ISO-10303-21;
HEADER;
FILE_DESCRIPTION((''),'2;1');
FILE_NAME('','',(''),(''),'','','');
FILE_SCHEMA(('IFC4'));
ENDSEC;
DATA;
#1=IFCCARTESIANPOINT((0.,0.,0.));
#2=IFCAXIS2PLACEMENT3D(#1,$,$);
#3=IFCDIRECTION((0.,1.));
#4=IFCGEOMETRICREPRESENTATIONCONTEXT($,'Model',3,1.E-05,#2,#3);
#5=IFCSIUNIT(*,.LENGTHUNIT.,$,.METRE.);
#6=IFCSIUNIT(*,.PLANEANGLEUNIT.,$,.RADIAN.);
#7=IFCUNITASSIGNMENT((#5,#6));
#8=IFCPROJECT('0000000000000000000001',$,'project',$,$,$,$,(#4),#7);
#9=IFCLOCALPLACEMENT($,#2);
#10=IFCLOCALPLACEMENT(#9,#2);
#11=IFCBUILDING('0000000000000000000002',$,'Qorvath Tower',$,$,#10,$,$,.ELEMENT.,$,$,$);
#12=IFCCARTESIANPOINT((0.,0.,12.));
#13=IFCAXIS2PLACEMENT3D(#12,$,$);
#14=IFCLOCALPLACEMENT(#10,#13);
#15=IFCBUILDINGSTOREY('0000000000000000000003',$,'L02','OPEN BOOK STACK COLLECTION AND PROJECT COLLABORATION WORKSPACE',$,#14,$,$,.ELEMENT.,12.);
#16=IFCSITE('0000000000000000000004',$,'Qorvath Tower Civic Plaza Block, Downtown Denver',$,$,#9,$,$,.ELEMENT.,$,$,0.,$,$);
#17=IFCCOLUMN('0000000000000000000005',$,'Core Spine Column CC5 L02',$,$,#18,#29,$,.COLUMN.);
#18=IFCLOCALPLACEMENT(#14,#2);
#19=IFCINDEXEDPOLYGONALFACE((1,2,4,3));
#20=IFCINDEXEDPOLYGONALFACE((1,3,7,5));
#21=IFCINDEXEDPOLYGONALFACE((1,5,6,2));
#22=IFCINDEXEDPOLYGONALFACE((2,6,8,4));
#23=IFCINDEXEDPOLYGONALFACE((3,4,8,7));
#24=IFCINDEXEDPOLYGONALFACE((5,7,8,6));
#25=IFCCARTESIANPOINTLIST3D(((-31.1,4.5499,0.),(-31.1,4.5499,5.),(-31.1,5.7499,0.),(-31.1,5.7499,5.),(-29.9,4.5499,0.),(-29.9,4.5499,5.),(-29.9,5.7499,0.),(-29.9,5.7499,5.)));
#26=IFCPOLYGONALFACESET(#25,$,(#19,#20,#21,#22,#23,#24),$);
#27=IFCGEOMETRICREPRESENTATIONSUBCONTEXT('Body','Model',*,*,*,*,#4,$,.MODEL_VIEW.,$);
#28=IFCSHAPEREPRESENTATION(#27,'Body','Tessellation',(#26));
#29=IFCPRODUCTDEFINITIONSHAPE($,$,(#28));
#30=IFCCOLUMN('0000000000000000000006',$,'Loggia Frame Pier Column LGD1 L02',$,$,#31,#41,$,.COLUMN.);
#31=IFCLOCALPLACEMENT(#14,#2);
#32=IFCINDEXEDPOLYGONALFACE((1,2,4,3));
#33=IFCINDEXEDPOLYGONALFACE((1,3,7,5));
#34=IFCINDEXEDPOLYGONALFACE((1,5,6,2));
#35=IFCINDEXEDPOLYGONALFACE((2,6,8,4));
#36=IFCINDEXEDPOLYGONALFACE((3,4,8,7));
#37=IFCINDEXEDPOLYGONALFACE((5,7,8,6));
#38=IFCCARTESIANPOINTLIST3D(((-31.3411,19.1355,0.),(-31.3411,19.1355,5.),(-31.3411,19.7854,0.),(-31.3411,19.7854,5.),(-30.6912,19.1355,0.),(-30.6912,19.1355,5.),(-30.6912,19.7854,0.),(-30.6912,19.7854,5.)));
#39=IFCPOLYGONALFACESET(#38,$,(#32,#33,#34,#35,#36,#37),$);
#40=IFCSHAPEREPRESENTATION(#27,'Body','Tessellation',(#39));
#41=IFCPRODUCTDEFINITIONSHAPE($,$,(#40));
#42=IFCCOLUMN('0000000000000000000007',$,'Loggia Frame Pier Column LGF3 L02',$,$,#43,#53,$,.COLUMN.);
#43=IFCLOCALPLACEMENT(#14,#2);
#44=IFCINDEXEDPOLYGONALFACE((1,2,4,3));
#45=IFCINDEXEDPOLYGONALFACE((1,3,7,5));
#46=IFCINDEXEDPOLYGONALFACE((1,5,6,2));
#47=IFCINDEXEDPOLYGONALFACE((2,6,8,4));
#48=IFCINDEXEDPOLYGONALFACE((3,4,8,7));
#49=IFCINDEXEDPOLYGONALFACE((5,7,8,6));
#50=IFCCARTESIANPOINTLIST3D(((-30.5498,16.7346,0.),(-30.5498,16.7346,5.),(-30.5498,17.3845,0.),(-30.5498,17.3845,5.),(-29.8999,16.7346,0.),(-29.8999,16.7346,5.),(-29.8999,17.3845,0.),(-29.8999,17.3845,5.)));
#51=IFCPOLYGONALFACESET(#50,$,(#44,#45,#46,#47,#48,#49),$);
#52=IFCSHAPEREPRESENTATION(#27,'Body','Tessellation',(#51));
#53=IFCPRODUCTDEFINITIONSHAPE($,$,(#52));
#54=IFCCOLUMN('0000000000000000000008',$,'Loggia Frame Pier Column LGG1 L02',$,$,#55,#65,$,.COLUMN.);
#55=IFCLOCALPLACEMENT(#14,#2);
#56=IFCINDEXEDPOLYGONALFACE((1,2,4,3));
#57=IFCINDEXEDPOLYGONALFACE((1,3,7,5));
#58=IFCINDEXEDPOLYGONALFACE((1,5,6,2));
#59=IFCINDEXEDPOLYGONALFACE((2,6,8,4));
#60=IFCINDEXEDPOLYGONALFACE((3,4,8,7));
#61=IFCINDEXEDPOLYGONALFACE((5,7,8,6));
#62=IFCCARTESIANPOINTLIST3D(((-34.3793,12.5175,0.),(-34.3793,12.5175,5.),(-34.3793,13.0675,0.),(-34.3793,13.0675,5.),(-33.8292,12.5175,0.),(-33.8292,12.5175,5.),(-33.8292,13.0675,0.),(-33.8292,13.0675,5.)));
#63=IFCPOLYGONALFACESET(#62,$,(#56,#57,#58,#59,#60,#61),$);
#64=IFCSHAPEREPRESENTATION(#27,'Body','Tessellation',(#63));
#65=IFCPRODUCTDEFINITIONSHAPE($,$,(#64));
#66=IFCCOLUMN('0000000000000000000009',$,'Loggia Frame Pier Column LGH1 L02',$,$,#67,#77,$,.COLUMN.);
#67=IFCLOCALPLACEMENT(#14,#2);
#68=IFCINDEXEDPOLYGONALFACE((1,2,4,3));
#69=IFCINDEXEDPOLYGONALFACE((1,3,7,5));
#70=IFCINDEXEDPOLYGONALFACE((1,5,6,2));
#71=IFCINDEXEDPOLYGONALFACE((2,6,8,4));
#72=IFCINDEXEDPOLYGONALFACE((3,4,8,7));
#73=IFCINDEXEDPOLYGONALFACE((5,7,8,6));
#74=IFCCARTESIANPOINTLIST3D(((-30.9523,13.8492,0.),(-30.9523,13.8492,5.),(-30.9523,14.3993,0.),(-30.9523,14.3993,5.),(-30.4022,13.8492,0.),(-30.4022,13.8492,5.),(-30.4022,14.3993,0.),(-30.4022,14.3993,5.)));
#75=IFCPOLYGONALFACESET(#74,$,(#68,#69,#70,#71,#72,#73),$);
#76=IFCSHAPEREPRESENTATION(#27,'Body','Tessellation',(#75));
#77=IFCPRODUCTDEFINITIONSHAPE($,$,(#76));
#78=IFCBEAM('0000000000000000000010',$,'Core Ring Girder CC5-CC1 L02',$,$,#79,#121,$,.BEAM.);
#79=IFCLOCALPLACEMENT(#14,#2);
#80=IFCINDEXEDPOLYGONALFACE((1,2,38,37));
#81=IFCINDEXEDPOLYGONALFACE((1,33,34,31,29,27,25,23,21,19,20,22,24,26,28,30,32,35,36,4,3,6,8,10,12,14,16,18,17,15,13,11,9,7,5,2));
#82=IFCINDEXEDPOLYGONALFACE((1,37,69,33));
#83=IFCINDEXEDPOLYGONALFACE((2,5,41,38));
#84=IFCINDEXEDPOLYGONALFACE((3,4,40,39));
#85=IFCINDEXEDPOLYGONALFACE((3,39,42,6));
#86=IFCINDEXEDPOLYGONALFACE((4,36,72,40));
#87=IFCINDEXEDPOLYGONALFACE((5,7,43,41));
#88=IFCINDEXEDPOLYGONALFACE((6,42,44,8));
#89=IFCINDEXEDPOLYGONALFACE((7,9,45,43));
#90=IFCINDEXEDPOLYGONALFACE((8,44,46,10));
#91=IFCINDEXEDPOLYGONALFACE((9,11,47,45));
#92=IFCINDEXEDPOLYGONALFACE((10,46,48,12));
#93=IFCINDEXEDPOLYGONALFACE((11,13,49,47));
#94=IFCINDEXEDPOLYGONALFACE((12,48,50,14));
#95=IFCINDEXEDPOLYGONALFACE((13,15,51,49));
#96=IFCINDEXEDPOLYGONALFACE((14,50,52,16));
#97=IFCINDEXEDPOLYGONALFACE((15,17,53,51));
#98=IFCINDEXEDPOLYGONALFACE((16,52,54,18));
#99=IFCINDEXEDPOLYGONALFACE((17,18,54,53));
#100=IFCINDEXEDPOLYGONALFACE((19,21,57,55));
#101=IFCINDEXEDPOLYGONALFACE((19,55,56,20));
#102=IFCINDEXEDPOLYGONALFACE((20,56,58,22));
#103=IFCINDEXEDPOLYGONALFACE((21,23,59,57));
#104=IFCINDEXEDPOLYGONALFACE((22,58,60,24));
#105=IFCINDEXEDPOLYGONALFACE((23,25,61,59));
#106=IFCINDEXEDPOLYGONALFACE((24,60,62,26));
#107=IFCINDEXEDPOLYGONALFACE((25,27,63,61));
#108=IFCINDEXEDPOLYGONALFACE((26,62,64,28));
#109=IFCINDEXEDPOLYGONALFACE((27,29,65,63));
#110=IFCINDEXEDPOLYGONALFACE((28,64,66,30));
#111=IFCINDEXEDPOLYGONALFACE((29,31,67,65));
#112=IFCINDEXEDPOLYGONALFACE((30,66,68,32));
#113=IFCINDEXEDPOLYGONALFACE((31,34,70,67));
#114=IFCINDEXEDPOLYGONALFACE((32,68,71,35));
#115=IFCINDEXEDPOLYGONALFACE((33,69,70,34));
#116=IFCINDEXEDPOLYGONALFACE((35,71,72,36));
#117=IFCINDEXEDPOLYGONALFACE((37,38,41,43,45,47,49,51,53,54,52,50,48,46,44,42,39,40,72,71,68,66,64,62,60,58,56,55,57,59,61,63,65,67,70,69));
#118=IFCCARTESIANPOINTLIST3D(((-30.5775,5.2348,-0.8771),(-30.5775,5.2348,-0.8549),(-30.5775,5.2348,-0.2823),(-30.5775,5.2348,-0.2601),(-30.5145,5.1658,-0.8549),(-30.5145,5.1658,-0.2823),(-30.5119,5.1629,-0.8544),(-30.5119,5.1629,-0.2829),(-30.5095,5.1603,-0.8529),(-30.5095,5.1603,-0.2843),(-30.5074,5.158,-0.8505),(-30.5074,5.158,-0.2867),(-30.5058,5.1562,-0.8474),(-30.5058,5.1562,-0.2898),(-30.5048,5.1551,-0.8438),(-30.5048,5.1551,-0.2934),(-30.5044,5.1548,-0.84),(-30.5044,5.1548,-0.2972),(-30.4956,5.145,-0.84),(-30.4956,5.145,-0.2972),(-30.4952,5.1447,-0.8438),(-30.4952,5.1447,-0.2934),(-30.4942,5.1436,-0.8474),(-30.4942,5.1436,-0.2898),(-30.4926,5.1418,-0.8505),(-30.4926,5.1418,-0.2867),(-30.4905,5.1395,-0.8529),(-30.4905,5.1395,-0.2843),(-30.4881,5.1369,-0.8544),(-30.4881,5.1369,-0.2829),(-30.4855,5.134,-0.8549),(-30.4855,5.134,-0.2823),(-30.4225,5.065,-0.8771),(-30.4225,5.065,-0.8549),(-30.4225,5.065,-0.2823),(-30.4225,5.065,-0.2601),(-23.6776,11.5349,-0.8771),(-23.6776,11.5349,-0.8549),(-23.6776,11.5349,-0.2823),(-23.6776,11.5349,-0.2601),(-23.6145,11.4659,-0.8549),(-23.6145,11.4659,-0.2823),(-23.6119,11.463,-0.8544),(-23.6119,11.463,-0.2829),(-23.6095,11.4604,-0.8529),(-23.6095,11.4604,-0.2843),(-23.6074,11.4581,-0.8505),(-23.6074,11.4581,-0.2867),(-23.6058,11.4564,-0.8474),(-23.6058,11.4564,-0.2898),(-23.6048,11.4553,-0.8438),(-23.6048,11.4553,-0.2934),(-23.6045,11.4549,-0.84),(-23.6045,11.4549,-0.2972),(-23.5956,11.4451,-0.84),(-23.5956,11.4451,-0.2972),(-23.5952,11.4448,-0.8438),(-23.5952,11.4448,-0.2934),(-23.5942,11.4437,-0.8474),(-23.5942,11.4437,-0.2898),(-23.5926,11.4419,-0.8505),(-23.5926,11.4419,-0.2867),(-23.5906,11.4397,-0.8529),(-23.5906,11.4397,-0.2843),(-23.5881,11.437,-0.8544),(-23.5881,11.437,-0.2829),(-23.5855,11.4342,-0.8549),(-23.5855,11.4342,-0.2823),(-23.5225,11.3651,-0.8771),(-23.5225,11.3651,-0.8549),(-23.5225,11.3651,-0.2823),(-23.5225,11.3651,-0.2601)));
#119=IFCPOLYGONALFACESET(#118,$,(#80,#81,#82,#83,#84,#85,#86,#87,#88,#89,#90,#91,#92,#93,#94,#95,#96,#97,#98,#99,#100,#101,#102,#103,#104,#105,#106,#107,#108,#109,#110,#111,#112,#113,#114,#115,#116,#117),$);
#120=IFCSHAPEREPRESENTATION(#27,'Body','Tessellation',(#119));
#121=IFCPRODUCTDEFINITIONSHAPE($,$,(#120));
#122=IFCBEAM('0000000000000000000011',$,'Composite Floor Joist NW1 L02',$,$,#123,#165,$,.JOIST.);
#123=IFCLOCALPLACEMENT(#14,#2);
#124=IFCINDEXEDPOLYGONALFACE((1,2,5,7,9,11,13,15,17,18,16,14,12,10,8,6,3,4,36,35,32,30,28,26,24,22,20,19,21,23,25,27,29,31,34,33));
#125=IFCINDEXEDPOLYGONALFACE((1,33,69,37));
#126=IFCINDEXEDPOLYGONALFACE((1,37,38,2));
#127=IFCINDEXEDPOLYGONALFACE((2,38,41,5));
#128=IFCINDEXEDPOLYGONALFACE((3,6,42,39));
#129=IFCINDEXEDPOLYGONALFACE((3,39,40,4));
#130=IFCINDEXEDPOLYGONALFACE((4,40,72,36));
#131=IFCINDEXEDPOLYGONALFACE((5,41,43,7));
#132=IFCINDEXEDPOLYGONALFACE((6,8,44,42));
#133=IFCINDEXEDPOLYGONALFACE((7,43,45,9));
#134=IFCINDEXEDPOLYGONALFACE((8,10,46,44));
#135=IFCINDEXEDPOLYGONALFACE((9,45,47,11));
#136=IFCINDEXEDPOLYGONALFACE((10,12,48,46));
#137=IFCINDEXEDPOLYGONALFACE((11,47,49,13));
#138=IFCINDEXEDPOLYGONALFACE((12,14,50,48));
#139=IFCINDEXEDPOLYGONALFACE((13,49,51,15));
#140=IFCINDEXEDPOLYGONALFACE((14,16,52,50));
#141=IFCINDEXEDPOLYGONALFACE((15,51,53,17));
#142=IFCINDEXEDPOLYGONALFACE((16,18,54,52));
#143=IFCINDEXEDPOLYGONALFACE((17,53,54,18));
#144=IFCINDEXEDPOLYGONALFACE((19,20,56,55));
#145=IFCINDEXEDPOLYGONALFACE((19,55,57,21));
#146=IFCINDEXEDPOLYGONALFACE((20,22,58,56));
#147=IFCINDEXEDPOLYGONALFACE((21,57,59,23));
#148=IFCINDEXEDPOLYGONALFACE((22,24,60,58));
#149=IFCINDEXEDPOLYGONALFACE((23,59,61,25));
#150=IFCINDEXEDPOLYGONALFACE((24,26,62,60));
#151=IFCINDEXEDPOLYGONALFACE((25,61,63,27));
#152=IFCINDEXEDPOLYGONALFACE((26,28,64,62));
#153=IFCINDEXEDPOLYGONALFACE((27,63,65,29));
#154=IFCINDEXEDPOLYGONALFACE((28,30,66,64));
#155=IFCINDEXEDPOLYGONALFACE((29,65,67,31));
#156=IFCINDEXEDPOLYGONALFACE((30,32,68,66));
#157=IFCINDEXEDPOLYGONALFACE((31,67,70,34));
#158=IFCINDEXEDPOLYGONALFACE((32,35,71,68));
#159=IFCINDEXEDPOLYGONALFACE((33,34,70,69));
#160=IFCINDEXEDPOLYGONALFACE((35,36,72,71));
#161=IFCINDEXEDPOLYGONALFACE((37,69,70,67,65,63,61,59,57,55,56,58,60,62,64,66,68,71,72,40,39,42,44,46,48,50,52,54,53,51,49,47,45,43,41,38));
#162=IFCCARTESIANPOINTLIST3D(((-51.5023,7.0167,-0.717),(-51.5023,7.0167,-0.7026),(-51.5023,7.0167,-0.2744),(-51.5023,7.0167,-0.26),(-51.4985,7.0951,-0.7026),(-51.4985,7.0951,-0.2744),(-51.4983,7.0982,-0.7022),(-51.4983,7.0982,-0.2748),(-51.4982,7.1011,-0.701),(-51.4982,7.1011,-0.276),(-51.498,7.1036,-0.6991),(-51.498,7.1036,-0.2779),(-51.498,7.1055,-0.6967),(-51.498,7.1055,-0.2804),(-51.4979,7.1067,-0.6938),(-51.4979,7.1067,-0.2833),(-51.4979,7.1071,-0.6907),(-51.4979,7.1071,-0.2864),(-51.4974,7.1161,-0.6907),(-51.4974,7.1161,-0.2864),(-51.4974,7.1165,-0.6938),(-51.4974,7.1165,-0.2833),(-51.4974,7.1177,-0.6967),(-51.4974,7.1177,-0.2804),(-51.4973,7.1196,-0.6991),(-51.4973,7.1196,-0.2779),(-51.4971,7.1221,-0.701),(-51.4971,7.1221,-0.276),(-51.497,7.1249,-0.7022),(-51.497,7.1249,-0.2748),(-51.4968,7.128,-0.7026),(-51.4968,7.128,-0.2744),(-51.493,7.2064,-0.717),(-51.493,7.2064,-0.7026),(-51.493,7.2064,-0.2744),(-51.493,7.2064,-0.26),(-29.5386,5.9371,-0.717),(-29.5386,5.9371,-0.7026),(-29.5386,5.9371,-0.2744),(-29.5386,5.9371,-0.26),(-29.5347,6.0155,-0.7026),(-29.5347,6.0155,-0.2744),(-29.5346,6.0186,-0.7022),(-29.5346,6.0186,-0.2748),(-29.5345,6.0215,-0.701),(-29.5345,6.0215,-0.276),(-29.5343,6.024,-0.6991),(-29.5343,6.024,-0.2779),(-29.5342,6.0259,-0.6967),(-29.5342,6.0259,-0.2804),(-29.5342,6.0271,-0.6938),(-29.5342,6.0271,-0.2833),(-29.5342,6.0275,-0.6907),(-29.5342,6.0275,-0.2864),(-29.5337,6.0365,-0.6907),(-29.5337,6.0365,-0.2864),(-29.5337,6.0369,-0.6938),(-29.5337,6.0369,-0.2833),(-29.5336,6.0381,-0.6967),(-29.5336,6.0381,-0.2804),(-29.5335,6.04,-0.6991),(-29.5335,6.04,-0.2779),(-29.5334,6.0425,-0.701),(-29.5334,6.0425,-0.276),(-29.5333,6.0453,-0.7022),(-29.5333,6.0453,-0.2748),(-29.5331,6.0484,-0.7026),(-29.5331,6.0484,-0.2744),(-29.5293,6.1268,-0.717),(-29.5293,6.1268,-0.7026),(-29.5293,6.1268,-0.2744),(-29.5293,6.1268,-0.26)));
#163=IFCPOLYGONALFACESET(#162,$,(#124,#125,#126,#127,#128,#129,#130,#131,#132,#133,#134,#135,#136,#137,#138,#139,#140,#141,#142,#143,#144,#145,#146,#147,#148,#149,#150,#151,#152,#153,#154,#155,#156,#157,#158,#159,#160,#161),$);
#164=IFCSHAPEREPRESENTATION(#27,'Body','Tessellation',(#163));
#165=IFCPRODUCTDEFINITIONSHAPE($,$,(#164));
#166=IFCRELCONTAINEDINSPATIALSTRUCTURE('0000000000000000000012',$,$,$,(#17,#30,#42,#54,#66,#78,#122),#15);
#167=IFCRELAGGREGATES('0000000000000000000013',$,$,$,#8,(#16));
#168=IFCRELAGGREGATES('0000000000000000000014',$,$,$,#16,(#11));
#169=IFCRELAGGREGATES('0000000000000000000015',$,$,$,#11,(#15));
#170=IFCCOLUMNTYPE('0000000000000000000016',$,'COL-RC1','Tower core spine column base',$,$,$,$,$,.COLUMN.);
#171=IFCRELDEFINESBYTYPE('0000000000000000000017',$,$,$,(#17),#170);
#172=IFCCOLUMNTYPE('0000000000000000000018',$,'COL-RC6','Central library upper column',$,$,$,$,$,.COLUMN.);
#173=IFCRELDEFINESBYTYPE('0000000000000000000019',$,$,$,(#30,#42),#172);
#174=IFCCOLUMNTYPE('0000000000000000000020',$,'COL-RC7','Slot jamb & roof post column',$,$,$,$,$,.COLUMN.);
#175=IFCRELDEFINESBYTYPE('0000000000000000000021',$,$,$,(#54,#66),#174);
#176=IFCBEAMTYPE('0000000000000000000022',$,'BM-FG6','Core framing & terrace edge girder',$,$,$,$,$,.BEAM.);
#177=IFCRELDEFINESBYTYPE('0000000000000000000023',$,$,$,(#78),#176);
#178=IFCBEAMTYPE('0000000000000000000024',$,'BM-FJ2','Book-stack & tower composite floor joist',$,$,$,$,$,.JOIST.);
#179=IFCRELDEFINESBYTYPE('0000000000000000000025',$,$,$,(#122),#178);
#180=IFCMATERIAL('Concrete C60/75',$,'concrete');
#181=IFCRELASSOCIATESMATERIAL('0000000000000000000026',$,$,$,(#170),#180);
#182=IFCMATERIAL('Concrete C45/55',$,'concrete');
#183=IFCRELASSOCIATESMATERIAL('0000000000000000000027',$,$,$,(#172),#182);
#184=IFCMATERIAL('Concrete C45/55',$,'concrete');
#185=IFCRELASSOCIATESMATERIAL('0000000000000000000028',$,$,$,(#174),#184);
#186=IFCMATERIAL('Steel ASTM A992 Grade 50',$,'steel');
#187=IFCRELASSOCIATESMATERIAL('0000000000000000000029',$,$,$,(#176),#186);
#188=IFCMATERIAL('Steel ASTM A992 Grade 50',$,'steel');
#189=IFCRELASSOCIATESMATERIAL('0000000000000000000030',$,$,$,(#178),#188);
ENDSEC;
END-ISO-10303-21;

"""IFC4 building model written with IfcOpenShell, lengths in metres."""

from ifc_helpers import new_model, si_unit, direction, frame, origin, origin_2d, place, context, subcontext, project, spatial, rectangle, i_section, extrude, material, material_profile, profile_set, type_object, element, save


model = new_model("IFC4")

# Units and contexts
model_context = context("Model", 3, precision=1e-05, world=origin(), true_north=direction((0.0, 1.0)))
body_context = subcontext(model_context, "Body", "Model", "MODEL_VIEW")
ifc_project = project(units=[si_unit("LENGTHUNIT", "METRE"), si_unit("PLANEANGLEUNIT", "RADIAN")], contexts=[model_context])

# Site, building, storey
site_placement = place(None, origin())
site = spatial("IfcSite", under=ifc_project, at=site_placement, Name="Qorvath Tower Civic Plaza Block, Downtown Denver", CompositionType="ELEMENT", RefElevation=0.0)
building_placement = place(site_placement, origin())
building = spatial("IfcBuilding", under=site, at=building_placement, Name="Qorvath Tower", CompositionType="ELEMENT")
storey_placement = place(building_placement, frame((0.0, 0.0, 12.0)))
storey = spatial("IfcBuildingStorey", under=building, at=storey_placement, Name="L02", Description="OPEN BOOK STACK COLLECTION AND PROJECT COLLABORATION WORKSPACE", CompositionType="ELEMENT", Elevation=12.0)

# Columns
ifc_material_1 = material(Name="Concrete C60/75", Category="concrete")
ifc_material_profile_1 = material_profile(ifc_material_1, rectangle(XDim=1.2, YDim=1.2, at=origin_2d()), Name="RC 1200x1200")
ifc_profile_set_1 = profile_set([ifc_material_profile_1], Name="Concrete C60/75")
column_type_1 = type_object("IfcColumnType", Name="COL-RC1", Description="Tower core spine column base", PredefinedType="COLUMN", material=ifc_profile_set_1)
column_placement = place(storey_placement, frame((-30.5, 5.1499, 0.0), z_axis=(0.0, 0.0, 1.0), x_axis=(1.0, 0.0, 0.0)))
element("IfcColumn", 1, at=column_placement, inside=storey, type_object=column_type_1, Name="Core Spine Column CC5 L02", PredefinedType="COLUMN", context=body_context, shape_type="SweptSolid", body=[
    extrude(rectangle(XDim=1.2, YDim=1.2, at=origin_2d()), origin(), (0.0, 0.0, 1.0), 5.0),
])
ifc_material_2 = material(Name="Concrete C45/55", Category="concrete")
ifc_material_profile_2 = material_profile(ifc_material_2, rectangle(XDim=0.6499, YDim=0.6499, at=origin_2d()), Name="RC 650x650")
ifc_profile_set_2 = profile_set([ifc_material_profile_2], Name="Concrete C45/55")
column_type_2 = type_object("IfcColumnType", Name="COL-RC6", Description="Central library upper column", PredefinedType="COLUMN", material=ifc_profile_set_2)
for number, where, z_axis, x_axis, name in (
    (2, (-31.0161, 19.4604, 0.0), (0.0, 0.0, 1.0), (1.0, 0.0, 0.0), "Loggia Frame Pier Column LGD1 L02"),
    (3, (-30.2249, 17.0596, 0.0), (0.0, 0.0, 1.0), (1.0, 0.0, 0.0), "Loggia Frame Pier Column LGF3 L02"),
):
    element("IfcColumn", number, at=place(storey_placement, frame(where, z_axis=z_axis, x_axis=x_axis)), inside=storey, type_object=column_type_2, Name=name, PredefinedType="COLUMN", context=body_context, shape_type="SweptSolid", body=[
        extrude(rectangle(XDim=0.6499, YDim=0.6499, at=origin_2d()), origin(), (0.0, 0.0, 1.0), 5.0),
    ])
ifc_material_3 = material(Name="Concrete C45/55", Category="concrete")
ifc_material_profile_3 = material_profile(ifc_material_3, rectangle(XDim=0.55, YDim=0.55, at=origin_2d()), Name="RC 550x550")
ifc_profile_set_3 = profile_set([ifc_material_profile_3], Name="Concrete C45/55")
column_type_3 = type_object("IfcColumnType", Name="COL-RC7", Description="Slot jamb & roof post column", PredefinedType="COLUMN", material=ifc_profile_set_3)
for number, where, z_axis, x_axis, name in (
    (4, (-34.1042, 12.7925, 0.0), (0.0, 0.0, 1.0), (1.0, 0.0, 0.0), "Loggia Frame Pier Column LGG1 L02"),
    (5, (-30.6772, 14.1243, 0.0), (0.0, 0.0, 1.0), (1.0, 0.0, 0.0), "Loggia Frame Pier Column LGH1 L02"),
):
    element("IfcColumn", number, at=place(storey_placement, frame(where, z_axis=z_axis, x_axis=x_axis)), inside=storey, type_object=column_type_3, Name=name, PredefinedType="COLUMN", context=body_context, shape_type="SweptSolid", body=[
        extrude(rectangle(XDim=0.55, YDim=0.55, at=origin_2d()), origin(), (0.0, 0.0, 1.0), 5.0),
    ])

# Beams
ifc_material_4 = material(Name="Steel ASTM A992 Grade 50", Category="steel")
ifc_material_profile_4 = material_profile(ifc_material_4, i_section(OverallWidth=0.23, OverallDepth=0.6169, WebThickness=0.0132, FlangeThickness=0.0222, FilletRadius=0.0149, at=origin_2d()), Name="W24x94")
ifc_profile_set_4 = profile_set([ifc_material_profile_4], Name="Steel ASTM A992 Grade 50")
beam_type_1 = type_object("IfcBeamType", Name="BM-FG6", Description="Core framing & terrace edge girder", PredefinedType="BEAM", material=ifc_profile_set_4)
beam_1_placement = place(storey_placement, frame((-30.5, 5.1499, -0.5686), z_axis=(0.738478, 0.674277, 0.0), x_axis=(-0.674277, 0.738478, 0.0)))
element("IfcBeam", 6, at=beam_1_placement, inside=storey, type_object=beam_type_1, Name="Core Ring Girder CC5-CC1 L02", PredefinedType="BEAM", context=body_context, shape_type="SweptSolid", body=[
    extrude(i_section(OverallWidth=0.23, OverallDepth=0.6169, WebThickness=0.0132, FlangeThickness=0.0222, FilletRadius=0.0149, at=origin_2d()), origin(), (0.0, 0.0, 1.0), 9.3435),
])
ifc_material_5 = material(Name="Steel ASTM A992 Grade 50", Category="steel")
ifc_material_profile_5 = material_profile(ifc_material_5, i_section(OverallWidth=0.1899, OverallDepth=0.457, WebThickness=0.009, FlangeThickness=0.0144, FilletRadius=0.012, at=origin_2d()), Name="W18x50")
ifc_profile_set_5 = profile_set([ifc_material_profile_5], Name="Steel ASTM A992 Grade 50")
beam_type_2 = type_object("IfcBeamType", Name="BM-FJ2", Description="Book-stack & tower composite floor joist", PredefinedType="JOIST", material=ifc_profile_set_5)
beam_2_placement = place(storey_placement, frame((-29.5339, 6.032, -0.4885), z_axis=(-0.998794, 0.049094, 0.0), x_axis=(-0.049094, -0.998794, 0.0)))
element("IfcBeam", 7, at=beam_2_placement, inside=storey, type_object=beam_type_2, Name="Composite Floor Joist NW1 L02", PredefinedType="JOIST", context=body_context, shape_type="SweptSolid", body=[
    extrude(i_section(OverallWidth=0.1899, OverallDepth=0.457, WebThickness=0.009, FlangeThickness=0.0144, FilletRadius=0.012, at=origin_2d()), origin(), (0.0, 0.0, 1.0), 21.9902),
])

save(model, "model.ifc")
